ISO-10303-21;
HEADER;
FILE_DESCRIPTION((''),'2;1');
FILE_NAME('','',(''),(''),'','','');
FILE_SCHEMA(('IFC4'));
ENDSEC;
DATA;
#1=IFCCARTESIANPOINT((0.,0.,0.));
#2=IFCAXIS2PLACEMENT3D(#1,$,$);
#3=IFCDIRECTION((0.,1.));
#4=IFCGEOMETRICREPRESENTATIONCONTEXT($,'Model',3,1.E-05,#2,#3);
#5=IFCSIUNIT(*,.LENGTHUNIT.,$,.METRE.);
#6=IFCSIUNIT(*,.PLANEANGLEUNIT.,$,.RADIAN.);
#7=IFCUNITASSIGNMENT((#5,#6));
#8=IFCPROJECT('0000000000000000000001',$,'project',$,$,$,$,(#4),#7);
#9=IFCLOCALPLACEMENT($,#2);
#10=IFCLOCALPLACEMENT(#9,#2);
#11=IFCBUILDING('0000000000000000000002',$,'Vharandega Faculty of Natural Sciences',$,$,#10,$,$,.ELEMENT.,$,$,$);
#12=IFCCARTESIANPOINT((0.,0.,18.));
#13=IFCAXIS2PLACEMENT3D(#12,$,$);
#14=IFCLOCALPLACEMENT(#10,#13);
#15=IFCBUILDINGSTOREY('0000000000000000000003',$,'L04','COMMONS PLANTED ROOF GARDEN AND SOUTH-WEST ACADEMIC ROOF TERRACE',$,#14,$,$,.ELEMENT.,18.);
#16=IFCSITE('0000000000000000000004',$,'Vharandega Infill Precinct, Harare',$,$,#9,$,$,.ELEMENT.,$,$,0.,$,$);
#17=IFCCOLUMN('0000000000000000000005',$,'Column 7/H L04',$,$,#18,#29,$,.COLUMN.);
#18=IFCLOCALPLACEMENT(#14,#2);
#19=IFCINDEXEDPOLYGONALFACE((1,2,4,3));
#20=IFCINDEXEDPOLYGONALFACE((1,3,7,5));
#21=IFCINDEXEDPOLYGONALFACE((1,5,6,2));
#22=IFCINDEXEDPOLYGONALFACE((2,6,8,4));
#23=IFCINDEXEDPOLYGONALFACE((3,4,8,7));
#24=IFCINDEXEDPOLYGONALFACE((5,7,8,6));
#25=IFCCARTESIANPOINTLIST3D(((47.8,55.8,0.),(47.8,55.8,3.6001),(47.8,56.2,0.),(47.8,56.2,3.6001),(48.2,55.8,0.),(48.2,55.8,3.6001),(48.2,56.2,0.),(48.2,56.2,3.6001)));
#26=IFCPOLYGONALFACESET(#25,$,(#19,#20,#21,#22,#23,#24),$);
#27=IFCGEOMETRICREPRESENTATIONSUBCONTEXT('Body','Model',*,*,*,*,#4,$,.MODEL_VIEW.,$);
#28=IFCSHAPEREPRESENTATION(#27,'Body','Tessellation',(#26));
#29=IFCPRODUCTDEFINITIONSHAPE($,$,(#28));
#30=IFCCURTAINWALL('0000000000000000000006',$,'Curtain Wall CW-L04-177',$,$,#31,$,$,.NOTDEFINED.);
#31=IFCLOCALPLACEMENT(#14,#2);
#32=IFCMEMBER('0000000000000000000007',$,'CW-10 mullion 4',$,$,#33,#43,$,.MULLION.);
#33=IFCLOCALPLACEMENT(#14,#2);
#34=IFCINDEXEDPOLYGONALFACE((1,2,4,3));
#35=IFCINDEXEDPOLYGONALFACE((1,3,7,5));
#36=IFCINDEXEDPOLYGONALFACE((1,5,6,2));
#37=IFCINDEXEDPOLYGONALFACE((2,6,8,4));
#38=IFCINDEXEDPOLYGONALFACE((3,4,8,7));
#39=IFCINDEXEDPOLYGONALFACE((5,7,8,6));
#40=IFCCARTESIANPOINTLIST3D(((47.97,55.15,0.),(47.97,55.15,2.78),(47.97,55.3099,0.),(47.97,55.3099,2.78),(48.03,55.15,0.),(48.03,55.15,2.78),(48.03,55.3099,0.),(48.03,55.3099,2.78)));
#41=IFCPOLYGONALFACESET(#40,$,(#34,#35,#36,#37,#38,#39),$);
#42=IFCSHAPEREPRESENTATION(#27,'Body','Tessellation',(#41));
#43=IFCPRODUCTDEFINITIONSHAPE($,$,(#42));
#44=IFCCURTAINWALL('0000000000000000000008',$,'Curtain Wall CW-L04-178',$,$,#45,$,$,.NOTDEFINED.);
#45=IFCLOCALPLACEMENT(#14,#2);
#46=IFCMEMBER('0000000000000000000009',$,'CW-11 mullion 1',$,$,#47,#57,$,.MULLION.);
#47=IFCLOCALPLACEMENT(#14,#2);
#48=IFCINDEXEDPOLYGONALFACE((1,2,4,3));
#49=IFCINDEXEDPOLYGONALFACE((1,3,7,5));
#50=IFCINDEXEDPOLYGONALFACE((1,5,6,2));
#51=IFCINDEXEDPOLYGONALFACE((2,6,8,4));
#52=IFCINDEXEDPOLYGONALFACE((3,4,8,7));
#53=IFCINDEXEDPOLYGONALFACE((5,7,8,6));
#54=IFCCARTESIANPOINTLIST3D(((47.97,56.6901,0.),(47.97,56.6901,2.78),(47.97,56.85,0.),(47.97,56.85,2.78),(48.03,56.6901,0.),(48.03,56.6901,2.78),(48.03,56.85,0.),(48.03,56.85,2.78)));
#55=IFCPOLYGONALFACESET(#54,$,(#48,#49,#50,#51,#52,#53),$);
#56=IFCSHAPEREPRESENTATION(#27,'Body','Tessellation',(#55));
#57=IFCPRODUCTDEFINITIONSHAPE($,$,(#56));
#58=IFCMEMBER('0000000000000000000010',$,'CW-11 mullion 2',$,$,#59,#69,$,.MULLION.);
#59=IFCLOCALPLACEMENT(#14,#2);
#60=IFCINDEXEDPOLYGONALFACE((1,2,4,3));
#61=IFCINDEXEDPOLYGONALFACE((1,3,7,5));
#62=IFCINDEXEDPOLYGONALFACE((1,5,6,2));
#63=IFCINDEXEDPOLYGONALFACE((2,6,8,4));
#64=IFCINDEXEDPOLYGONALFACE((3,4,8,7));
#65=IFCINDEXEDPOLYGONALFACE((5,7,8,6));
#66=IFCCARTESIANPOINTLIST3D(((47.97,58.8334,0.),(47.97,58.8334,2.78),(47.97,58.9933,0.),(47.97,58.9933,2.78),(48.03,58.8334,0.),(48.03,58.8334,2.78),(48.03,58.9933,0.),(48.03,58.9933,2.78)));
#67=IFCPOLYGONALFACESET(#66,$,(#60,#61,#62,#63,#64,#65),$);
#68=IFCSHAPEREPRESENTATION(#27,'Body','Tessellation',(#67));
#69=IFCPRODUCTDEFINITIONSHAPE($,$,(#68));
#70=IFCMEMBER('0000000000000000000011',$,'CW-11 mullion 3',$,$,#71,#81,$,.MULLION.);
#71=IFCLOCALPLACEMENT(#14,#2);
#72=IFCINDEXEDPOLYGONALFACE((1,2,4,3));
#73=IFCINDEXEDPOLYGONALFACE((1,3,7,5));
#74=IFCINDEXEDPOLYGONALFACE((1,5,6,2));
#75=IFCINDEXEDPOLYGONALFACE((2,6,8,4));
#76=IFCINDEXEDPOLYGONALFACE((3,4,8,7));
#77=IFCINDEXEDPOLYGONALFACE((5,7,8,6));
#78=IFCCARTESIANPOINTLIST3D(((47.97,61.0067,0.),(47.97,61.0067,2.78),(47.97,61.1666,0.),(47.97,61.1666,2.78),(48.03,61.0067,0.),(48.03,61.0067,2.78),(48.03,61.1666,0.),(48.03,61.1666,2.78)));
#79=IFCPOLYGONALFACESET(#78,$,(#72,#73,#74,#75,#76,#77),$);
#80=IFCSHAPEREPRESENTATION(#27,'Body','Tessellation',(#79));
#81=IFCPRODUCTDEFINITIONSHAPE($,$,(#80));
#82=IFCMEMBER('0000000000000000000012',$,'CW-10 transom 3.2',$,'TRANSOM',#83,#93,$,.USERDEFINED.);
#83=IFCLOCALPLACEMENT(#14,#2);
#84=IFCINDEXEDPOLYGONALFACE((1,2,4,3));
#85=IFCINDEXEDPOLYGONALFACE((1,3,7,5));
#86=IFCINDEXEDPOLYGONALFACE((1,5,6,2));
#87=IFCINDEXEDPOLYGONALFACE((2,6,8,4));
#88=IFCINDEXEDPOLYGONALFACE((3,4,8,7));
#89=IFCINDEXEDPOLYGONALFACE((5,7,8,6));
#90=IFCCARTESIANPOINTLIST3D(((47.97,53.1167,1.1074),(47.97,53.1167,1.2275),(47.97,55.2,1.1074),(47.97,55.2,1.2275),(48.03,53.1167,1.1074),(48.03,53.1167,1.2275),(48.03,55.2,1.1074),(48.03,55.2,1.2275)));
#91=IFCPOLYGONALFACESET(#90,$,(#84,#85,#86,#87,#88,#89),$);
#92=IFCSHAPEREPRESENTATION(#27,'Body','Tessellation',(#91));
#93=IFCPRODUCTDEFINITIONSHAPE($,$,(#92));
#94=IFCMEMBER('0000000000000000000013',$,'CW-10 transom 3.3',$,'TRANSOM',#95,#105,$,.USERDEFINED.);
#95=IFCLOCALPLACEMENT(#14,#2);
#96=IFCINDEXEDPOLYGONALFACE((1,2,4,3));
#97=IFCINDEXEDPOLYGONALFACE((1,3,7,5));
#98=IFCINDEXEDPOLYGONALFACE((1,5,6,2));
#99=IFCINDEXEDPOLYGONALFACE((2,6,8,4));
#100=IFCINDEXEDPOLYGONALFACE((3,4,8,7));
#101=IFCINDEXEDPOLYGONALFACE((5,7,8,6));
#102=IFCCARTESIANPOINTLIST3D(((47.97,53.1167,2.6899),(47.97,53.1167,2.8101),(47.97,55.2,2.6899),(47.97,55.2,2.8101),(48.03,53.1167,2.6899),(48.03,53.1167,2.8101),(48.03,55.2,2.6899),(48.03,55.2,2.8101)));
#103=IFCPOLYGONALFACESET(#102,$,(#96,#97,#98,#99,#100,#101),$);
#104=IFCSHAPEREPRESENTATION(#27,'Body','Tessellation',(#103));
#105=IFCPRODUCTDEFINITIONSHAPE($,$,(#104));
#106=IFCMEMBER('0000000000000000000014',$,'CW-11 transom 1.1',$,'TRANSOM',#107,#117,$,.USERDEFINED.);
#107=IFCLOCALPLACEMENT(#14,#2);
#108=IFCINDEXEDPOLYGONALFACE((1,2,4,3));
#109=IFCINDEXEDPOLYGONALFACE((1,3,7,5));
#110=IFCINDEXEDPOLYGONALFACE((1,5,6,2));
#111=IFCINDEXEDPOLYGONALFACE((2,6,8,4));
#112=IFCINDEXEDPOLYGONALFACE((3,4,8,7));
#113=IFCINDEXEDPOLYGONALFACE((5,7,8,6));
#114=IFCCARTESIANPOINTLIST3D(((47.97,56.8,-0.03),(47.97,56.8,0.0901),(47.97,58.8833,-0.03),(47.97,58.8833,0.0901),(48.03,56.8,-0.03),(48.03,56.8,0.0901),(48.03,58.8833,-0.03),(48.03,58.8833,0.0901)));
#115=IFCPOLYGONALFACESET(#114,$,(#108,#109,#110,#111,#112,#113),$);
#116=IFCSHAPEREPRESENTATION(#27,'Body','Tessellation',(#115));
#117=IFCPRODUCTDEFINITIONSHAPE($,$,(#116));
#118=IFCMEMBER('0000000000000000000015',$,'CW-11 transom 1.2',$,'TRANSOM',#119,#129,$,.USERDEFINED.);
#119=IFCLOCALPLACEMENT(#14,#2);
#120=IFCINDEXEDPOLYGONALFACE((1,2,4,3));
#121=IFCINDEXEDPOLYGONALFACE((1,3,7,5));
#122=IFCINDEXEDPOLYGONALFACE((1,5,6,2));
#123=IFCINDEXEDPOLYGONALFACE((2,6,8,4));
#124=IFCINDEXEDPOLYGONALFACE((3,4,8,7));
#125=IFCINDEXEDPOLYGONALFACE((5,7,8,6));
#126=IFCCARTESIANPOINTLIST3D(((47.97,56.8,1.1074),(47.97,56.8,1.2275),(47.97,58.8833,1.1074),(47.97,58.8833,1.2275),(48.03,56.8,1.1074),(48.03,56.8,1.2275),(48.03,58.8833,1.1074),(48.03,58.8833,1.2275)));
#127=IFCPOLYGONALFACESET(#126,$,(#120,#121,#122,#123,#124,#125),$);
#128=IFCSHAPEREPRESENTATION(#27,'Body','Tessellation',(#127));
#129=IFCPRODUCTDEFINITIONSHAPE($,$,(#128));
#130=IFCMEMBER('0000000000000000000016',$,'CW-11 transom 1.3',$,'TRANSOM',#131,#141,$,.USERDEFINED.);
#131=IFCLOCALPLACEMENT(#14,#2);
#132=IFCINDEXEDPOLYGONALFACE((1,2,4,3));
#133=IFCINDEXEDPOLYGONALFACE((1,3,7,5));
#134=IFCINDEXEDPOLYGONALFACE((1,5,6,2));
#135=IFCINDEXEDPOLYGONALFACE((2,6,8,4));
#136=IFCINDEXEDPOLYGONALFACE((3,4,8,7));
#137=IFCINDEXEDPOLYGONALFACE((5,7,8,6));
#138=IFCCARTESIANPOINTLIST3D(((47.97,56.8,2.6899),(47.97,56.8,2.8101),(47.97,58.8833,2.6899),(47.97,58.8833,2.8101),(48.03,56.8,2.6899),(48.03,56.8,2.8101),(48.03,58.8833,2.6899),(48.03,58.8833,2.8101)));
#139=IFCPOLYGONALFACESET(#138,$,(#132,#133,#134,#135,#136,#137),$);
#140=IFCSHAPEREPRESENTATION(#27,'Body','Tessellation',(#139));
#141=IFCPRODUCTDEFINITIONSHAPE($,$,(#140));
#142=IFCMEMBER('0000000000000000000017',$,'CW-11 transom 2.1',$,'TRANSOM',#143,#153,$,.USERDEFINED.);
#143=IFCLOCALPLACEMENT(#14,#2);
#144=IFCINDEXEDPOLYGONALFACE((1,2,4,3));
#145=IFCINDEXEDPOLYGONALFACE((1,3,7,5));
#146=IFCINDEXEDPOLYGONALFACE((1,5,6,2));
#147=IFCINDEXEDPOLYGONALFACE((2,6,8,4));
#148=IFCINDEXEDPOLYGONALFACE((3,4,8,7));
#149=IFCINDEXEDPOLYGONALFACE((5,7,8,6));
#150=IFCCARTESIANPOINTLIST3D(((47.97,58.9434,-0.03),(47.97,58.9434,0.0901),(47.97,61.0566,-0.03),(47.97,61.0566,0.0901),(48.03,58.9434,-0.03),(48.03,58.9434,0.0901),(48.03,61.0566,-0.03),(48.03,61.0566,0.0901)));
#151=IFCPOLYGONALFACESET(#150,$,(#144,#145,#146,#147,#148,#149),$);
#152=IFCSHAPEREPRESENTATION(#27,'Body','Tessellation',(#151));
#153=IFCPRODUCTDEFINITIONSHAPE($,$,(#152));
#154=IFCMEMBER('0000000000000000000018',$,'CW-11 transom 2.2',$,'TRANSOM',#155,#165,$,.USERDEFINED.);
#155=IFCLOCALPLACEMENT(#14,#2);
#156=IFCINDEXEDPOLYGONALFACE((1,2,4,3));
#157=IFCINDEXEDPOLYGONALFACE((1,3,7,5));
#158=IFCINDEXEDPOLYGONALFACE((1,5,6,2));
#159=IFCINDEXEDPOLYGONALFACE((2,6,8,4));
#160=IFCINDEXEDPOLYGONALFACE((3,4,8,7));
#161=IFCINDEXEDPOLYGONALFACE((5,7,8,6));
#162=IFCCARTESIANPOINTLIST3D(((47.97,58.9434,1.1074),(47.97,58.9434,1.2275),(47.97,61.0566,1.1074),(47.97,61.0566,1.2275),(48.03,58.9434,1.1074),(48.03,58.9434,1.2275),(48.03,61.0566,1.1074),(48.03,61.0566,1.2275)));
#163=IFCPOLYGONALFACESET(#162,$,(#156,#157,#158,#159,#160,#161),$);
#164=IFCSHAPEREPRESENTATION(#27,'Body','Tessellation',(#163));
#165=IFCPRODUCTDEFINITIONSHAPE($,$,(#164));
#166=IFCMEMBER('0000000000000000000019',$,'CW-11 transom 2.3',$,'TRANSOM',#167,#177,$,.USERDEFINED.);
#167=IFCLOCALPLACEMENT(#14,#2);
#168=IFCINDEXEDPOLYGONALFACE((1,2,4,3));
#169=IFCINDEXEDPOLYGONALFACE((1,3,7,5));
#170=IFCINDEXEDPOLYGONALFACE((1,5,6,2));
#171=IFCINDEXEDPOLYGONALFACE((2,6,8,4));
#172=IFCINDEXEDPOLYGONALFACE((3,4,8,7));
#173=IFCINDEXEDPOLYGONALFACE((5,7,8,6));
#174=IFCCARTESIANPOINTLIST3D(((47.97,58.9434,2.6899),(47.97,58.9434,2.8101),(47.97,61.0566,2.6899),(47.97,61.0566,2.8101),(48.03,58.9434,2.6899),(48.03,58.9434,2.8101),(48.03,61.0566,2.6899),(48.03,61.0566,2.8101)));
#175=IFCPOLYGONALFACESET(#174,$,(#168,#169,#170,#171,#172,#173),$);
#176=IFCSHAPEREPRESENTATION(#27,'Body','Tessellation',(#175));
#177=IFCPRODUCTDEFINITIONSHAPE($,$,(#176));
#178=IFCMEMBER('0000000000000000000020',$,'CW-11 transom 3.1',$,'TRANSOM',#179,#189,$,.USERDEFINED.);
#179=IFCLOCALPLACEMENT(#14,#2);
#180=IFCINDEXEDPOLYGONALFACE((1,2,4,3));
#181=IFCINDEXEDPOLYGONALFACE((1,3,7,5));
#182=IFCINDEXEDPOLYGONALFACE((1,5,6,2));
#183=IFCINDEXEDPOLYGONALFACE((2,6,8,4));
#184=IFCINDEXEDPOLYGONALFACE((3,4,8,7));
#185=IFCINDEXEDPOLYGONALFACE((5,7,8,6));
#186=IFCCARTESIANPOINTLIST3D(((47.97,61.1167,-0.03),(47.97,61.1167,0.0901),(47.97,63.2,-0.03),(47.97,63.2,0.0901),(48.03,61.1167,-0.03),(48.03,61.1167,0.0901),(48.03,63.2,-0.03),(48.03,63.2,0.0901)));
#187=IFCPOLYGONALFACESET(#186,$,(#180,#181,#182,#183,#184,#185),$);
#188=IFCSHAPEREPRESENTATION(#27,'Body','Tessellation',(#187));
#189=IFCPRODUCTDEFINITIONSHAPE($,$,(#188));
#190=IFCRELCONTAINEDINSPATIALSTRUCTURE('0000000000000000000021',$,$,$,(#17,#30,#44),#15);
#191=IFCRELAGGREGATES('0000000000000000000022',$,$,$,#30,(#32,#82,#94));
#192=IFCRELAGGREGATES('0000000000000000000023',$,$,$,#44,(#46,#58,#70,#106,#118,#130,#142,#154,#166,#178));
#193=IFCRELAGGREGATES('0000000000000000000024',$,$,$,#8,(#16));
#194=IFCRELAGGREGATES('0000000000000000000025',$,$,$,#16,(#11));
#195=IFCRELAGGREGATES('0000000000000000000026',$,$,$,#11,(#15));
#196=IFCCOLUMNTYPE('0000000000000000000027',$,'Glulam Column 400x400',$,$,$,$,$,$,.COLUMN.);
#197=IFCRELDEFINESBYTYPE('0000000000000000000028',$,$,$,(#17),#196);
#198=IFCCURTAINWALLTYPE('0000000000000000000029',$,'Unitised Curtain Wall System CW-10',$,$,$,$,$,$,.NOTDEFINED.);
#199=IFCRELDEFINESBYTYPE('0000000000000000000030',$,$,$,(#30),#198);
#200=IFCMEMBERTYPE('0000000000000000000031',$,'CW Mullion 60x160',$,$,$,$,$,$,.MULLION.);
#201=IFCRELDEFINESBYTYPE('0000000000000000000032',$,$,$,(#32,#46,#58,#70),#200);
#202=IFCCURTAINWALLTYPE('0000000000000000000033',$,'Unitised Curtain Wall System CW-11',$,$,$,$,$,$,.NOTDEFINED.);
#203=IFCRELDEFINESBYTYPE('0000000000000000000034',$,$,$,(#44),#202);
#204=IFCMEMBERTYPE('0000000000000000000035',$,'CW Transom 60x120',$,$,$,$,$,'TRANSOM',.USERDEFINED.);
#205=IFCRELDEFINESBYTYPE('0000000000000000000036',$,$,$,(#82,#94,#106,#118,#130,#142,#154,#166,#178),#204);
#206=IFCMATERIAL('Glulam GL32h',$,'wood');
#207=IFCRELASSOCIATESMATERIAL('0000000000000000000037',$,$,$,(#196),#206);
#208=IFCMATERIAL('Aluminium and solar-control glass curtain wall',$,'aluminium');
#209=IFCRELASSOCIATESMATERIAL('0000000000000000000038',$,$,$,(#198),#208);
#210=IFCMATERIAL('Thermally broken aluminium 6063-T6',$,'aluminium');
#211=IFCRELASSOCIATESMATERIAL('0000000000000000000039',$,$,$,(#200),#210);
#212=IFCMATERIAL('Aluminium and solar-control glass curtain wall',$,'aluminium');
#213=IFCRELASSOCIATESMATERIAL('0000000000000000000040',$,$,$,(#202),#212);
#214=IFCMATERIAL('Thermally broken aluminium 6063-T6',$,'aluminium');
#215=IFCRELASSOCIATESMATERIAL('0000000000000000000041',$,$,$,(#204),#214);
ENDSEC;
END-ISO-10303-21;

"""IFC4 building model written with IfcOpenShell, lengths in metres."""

from ifc_helpers import new_model, si_unit, direction, frame, origin, origin_2d, place, context, subcontext, project, spatial, rectangle, extrude, material, material_profile, profile_set, type_object, element, aggregate, save


model = new_model("IFC4")

# Units and contexts
model_context = context("Model", 3, precision=1e-05, world=origin(), true_north=direction((0.0, 1.0)))
body_context = subcontext(model_context, "Body", "Model", "MODEL_VIEW")
ifc_project = project(units=[si_unit("LENGTHUNIT", "METRE"), si_unit("PLANEANGLEUNIT", "RADIAN")], contexts=[model_context])

# Site, building, storey
site_placement = place(None, origin())
site = spatial("IfcSite", under=ifc_project, at=site_placement, Name="Vharandega Infill Precinct, Harare", CompositionType="ELEMENT", RefElevation=0.0)
building_placement = place(site_placement, origin())
building = spatial("IfcBuilding", under=site, at=building_placement, Name="Vharandega Faculty of Natural Sciences", CompositionType="ELEMENT")
storey_placement = place(building_placement, frame((0.0, 0.0, 18.0)))
storey = spatial("IfcBuildingStorey", under=building, at=storey_placement, Name="L04", Description="COMMONS PLANTED ROOF GARDEN AND SOUTH-WEST ACADEMIC ROOF TERRACE", CompositionType="ELEMENT", Elevation=18.0)

# Column
ifc_material_1 = material(Name="Glulam GL32h", Category="wood")
ifc_material_profile_1 = material_profile(ifc_material_1, rectangle(XDim=0.3999, YDim=0.3999, at=origin_2d()), Name="GL32h 400x400")
ifc_profile_set_1 = profile_set([ifc_material_profile_1], Name="Glulam GL32h")
column_type = type_object("IfcColumnType", Name="Glulam Column 400x400", PredefinedType="COLUMN", material=ifc_profile_set_1)
column_placement = place(storey_placement, frame((48.0, 56.0, 0.0), z_axis=(0.0, 0.0, 1.0), x_axis=(1.0, 0.0, 0.0)))
element("IfcColumn", 1, at=column_placement, inside=storey, type_object=column_type, Name="Column 7/H L04", PredefinedType="COLUMN", context=body_context, shape_type="SweptSolid", body=[
    extrude(rectangle(XDim=0.3999, YDim=0.3999, at=origin_2d()), origin(), (0.0, 0.0, 1.0), 3.6001),
])

# Curtain wall, member
ifc_material_2 = material(Name="Aluminium and solar-control glass curtain wall", Category="aluminium")
curtain_wall_type_1 = type_object("IfcCurtainWallType", Name="Unitised Curtain Wall System CW-10", PredefinedType="NOTDEFINED", material=ifc_material_2)
curtain_wall_1_placement = place(storey_placement, origin())
curtain_wall_1 = element("IfcCurtainWall", 2, at=curtain_wall_1_placement, inside=storey, type_object=curtain_wall_type_1, Name="Curtain Wall CW-L04-177", PredefinedType="NOTDEFINED")
ifc_material_3 = material(Name="Thermally broken aluminium 6063-T6", Category="aluminium")
ifc_material_profile_2 = material_profile(ifc_material_3, rectangle(XDim=0.0601, YDim=0.1599, at=origin_2d()), Name="ALU 60x160")
ifc_profile_set_2 = profile_set([ifc_material_profile_2], Name="Thermally broken aluminium 6063-T6")
member_type_1 = type_object("IfcMemberType", Name="CW Mullion 60x160", PredefinedType="MULLION", material=ifc_profile_set_2)
member_1_placement = place(storey_placement, frame((48.0, 55.23, 0.0), z_axis=(0.0, 0.0, 1.0), x_axis=(-1.0, 0.0, 0.0)))
member_1 = element("IfcMember", 3, at=member_1_placement, type_object=member_type_1, Name="CW-10 mullion 4", PredefinedType="MULLION", context=body_context, shape_type="SweptSolid", body=[
    extrude(rectangle(XDim=0.0601, YDim=0.1599, at=origin_2d()), origin(), (0.0, 0.0, 1.0), 2.78),
])

# Curtain wall, members
ifc_material_4 = material(Name="Aluminium and solar-control glass curtain wall", Category="aluminium")
curtain_wall_type_2 = type_object("IfcCurtainWallType", Name="Unitised Curtain Wall System CW-11", PredefinedType="NOTDEFINED", material=ifc_material_4)
curtain_wall_2_placement = place(storey_placement, origin())
curtain_wall_2 = element("IfcCurtainWall", 4, at=curtain_wall_2_placement, inside=storey, type_object=curtain_wall_type_2, Name="Curtain Wall CW-L04-178", PredefinedType="NOTDEFINED")
member_2_placement = place(storey_placement, frame((48.0, 56.77, 0.0), z_axis=(0.0, 0.0, 1.0), x_axis=(-1.0, 0.0, 0.0)))
member_2 = element("IfcMember", 5, at=member_2_placement, type_object=member_type_1, Name="CW-11 mullion 1", PredefinedType="MULLION", context=body_context, shape_type="SweptSolid", body=[
    extrude(rectangle(XDim=0.0601, YDim=0.1599, at=origin_2d()), origin(), (0.0, 0.0, 1.0), 2.78),
])
member_3_placement = place(storey_placement, frame((48.0, 58.9133, 0.0), z_axis=(0.0, 0.0, 1.0), x_axis=(-1.0, 0.0, 0.0)))
member_3 = element("IfcMember", 6, at=member_3_placement, type_object=member_type_1, Name="CW-11 mullion 2", PredefinedType="MULLION", context=body_context, shape_type="SweptSolid", body=[
    extrude(rectangle(XDim=0.0601, YDim=0.1599, at=origin_2d()), origin(), (0.0, 0.0, 1.0), 2.78),
])
member_4_placement = place(storey_placement, frame((48.0, 61.0867, 0.0), z_axis=(0.0, 0.0, 1.0), x_axis=(-1.0, 0.0, 0.0)))
member_4 = element("IfcMember", 7, at=member_4_placement, type_object=member_type_1, Name="CW-11 mullion 3", PredefinedType="MULLION", context=body_context, shape_type="SweptSolid", body=[
    extrude(rectangle(XDim=0.0601, YDim=0.1599, at=origin_2d()), origin(), (0.0, 0.0, 1.0), 2.78),
])

# Members
ifc_material_5 = material(Name="Thermally broken aluminium 6063-T6", Category="aluminium")
ifc_material_profile_3 = material_profile(ifc_material_5, rectangle(XDim=0.0601, YDim=0.1201, at=origin_2d()), Name="ALU 60x120")
ifc_profile_set_3 = profile_set([ifc_material_profile_3], Name="Thermally broken aluminium 6063-T6")
member_type_2 = type_object("IfcMemberType", Name="CW Transom 60x120", ElementType="TRANSOM", PredefinedType="USERDEFINED", material=ifc_profile_set_3)
member_5_placement = place(storey_placement, frame((48.0, 53.1167, 1.1675), z_axis=(0.0, 1.0, 0.0), x_axis=(-1.0, 0.0, 0.0)))
member_5 = element("IfcMember", 8, at=member_5_placement, type_object=member_type_2, Name="CW-10 transom 3.2", ObjectType="TRANSOM", PredefinedType="USERDEFINED", context=body_context, shape_type="SweptSolid", body=[
    extrude(rectangle(XDim=0.0601, YDim=0.1201, at=origin_2d()), origin(), (0.0, 0.0, 1.0), 2.0833),
])
member_6_placement = place(storey_placement, frame((48.0, 53.1167, 2.75), z_axis=(0.0, 1.0, 0.0), x_axis=(-1.0, 0.0, 0.0)))
member_6 = element("IfcMember", 9, at=member_6_placement, type_object=member_type_2, Name="CW-10 transom 3.3", ObjectType="TRANSOM", PredefinedType="USERDEFINED", context=body_context, shape_type="SweptSolid", body=[
    extrude(rectangle(XDim=0.0601, YDim=0.1201, at=origin_2d()), origin(), (0.0, 0.0, 1.0), 2.0833),
])
member_7_placement = place(storey_placement, frame((48.0, 56.8, 0.03), z_axis=(0.0, 1.0, 0.0), x_axis=(-1.0, 0.0, 0.0)))
member_7 = element("IfcMember", 10, at=member_7_placement, type_object=member_type_2, Name="CW-11 transom 1.1", ObjectType="TRANSOM", PredefinedType="USERDEFINED", context=body_context, shape_type="SweptSolid", body=[
    extrude(rectangle(XDim=0.0601, YDim=0.1201, at=origin_2d()), origin(), (0.0, 0.0, 1.0), 2.0833),
])
member_8_placement = place(storey_placement, frame((48.0, 56.8, 1.1675), z_axis=(0.0, 1.0, 0.0), x_axis=(-1.0, 0.0, 0.0)))
member_8 = element("IfcMember", 11, at=member_8_placement, type_object=member_type_2, Name="CW-11 transom 1.2", ObjectType="TRANSOM", PredefinedType="USERDEFINED", context=body_context, shape_type="SweptSolid", body=[
    extrude(rectangle(XDim=0.0601, YDim=0.1201, at=origin_2d()), origin(), (0.0, 0.0, 1.0), 2.0833),
])
member_9_placement = place(storey_placement, frame((48.0, 56.8, 2.75), z_axis=(0.0, 1.0, 0.0), x_axis=(-1.0, 0.0, 0.0)))
member_9 = element("IfcMember", 12, at=member_9_placement, type_object=member_type_2, Name="CW-11 transom 1.3", ObjectType="TRANSOM", PredefinedType="USERDEFINED", context=body_context, shape_type="SweptSolid", body=[
    extrude(rectangle(XDim=0.0601, YDim=0.1201, at=origin_2d()), origin(), (0.0, 0.0, 1.0), 2.0833),
])
member_10_placement = place(storey_placement, frame((48.0, 58.9434, 0.03), z_axis=(0.0, 1.0, 0.0), x_axis=(-1.0, 0.0, 0.0)))
member_10 = element("IfcMember", 13, at=member_10_placement, type_object=member_type_2, Name="CW-11 transom 2.1", ObjectType="TRANSOM", PredefinedType="USERDEFINED", context=body_context, shape_type="SweptSolid", body=[
    extrude(rectangle(XDim=0.0601, YDim=0.1201, at=origin_2d()), origin(), (0.0, 0.0, 1.0), 2.1133),
])
member_11_placement = place(storey_placement, frame((48.0, 58.9434, 1.1675), z_axis=(0.0, 1.0, 0.0), x_axis=(-1.0, 0.0, 0.0)))
member_11 = element("IfcMember", 14, at=member_11_placement, type_object=member_type_2, Name="CW-11 transom 2.2", ObjectType="TRANSOM", PredefinedType="USERDEFINED", context=body_context, shape_type="SweptSolid", body=[
    extrude(rectangle(XDim=0.0601, YDim=0.1201, at=origin_2d()), origin(), (0.0, 0.0, 1.0), 2.1133),
])
member_12_placement = place(storey_placement, frame((48.0, 58.9434, 2.75), z_axis=(0.0, 1.0, 0.0), x_axis=(-1.0, 0.0, 0.0)))
member_12 = element("IfcMember", 15, at=member_12_placement, type_object=member_type_2, Name="CW-11 transom 2.3", ObjectType="TRANSOM", PredefinedType="USERDEFINED", context=body_context, shape_type="SweptSolid", body=[
    extrude(rectangle(XDim=0.0601, YDim=0.1201, at=origin_2d()), origin(), (0.0, 0.0, 1.0), 2.1133),
])
member_13_placement = place(storey_placement, frame((48.0, 61.1167, 0.03), z_axis=(0.0, 1.0, 0.0), x_axis=(-1.0, 0.0, 0.0)))
member_13 = element("IfcMember", 16, at=member_13_placement, type_object=member_type_2, Name="CW-11 transom 3.1", ObjectType="TRANSOM", PredefinedType="USERDEFINED", context=body_context, shape_type="SweptSolid", body=[
    extrude(rectangle(XDim=0.0601, YDim=0.1201, at=origin_2d()), origin(), (0.0, 0.0, 1.0), 2.0833),
])

aggregate(curtain_wall_1, [member_1, member_5, member_6])
aggregate(curtain_wall_2, [member_2, member_3, member_4, member_7, member_8, member_9, member_10, member_11, member_12, member_13])

save(model, "model.ifc")
